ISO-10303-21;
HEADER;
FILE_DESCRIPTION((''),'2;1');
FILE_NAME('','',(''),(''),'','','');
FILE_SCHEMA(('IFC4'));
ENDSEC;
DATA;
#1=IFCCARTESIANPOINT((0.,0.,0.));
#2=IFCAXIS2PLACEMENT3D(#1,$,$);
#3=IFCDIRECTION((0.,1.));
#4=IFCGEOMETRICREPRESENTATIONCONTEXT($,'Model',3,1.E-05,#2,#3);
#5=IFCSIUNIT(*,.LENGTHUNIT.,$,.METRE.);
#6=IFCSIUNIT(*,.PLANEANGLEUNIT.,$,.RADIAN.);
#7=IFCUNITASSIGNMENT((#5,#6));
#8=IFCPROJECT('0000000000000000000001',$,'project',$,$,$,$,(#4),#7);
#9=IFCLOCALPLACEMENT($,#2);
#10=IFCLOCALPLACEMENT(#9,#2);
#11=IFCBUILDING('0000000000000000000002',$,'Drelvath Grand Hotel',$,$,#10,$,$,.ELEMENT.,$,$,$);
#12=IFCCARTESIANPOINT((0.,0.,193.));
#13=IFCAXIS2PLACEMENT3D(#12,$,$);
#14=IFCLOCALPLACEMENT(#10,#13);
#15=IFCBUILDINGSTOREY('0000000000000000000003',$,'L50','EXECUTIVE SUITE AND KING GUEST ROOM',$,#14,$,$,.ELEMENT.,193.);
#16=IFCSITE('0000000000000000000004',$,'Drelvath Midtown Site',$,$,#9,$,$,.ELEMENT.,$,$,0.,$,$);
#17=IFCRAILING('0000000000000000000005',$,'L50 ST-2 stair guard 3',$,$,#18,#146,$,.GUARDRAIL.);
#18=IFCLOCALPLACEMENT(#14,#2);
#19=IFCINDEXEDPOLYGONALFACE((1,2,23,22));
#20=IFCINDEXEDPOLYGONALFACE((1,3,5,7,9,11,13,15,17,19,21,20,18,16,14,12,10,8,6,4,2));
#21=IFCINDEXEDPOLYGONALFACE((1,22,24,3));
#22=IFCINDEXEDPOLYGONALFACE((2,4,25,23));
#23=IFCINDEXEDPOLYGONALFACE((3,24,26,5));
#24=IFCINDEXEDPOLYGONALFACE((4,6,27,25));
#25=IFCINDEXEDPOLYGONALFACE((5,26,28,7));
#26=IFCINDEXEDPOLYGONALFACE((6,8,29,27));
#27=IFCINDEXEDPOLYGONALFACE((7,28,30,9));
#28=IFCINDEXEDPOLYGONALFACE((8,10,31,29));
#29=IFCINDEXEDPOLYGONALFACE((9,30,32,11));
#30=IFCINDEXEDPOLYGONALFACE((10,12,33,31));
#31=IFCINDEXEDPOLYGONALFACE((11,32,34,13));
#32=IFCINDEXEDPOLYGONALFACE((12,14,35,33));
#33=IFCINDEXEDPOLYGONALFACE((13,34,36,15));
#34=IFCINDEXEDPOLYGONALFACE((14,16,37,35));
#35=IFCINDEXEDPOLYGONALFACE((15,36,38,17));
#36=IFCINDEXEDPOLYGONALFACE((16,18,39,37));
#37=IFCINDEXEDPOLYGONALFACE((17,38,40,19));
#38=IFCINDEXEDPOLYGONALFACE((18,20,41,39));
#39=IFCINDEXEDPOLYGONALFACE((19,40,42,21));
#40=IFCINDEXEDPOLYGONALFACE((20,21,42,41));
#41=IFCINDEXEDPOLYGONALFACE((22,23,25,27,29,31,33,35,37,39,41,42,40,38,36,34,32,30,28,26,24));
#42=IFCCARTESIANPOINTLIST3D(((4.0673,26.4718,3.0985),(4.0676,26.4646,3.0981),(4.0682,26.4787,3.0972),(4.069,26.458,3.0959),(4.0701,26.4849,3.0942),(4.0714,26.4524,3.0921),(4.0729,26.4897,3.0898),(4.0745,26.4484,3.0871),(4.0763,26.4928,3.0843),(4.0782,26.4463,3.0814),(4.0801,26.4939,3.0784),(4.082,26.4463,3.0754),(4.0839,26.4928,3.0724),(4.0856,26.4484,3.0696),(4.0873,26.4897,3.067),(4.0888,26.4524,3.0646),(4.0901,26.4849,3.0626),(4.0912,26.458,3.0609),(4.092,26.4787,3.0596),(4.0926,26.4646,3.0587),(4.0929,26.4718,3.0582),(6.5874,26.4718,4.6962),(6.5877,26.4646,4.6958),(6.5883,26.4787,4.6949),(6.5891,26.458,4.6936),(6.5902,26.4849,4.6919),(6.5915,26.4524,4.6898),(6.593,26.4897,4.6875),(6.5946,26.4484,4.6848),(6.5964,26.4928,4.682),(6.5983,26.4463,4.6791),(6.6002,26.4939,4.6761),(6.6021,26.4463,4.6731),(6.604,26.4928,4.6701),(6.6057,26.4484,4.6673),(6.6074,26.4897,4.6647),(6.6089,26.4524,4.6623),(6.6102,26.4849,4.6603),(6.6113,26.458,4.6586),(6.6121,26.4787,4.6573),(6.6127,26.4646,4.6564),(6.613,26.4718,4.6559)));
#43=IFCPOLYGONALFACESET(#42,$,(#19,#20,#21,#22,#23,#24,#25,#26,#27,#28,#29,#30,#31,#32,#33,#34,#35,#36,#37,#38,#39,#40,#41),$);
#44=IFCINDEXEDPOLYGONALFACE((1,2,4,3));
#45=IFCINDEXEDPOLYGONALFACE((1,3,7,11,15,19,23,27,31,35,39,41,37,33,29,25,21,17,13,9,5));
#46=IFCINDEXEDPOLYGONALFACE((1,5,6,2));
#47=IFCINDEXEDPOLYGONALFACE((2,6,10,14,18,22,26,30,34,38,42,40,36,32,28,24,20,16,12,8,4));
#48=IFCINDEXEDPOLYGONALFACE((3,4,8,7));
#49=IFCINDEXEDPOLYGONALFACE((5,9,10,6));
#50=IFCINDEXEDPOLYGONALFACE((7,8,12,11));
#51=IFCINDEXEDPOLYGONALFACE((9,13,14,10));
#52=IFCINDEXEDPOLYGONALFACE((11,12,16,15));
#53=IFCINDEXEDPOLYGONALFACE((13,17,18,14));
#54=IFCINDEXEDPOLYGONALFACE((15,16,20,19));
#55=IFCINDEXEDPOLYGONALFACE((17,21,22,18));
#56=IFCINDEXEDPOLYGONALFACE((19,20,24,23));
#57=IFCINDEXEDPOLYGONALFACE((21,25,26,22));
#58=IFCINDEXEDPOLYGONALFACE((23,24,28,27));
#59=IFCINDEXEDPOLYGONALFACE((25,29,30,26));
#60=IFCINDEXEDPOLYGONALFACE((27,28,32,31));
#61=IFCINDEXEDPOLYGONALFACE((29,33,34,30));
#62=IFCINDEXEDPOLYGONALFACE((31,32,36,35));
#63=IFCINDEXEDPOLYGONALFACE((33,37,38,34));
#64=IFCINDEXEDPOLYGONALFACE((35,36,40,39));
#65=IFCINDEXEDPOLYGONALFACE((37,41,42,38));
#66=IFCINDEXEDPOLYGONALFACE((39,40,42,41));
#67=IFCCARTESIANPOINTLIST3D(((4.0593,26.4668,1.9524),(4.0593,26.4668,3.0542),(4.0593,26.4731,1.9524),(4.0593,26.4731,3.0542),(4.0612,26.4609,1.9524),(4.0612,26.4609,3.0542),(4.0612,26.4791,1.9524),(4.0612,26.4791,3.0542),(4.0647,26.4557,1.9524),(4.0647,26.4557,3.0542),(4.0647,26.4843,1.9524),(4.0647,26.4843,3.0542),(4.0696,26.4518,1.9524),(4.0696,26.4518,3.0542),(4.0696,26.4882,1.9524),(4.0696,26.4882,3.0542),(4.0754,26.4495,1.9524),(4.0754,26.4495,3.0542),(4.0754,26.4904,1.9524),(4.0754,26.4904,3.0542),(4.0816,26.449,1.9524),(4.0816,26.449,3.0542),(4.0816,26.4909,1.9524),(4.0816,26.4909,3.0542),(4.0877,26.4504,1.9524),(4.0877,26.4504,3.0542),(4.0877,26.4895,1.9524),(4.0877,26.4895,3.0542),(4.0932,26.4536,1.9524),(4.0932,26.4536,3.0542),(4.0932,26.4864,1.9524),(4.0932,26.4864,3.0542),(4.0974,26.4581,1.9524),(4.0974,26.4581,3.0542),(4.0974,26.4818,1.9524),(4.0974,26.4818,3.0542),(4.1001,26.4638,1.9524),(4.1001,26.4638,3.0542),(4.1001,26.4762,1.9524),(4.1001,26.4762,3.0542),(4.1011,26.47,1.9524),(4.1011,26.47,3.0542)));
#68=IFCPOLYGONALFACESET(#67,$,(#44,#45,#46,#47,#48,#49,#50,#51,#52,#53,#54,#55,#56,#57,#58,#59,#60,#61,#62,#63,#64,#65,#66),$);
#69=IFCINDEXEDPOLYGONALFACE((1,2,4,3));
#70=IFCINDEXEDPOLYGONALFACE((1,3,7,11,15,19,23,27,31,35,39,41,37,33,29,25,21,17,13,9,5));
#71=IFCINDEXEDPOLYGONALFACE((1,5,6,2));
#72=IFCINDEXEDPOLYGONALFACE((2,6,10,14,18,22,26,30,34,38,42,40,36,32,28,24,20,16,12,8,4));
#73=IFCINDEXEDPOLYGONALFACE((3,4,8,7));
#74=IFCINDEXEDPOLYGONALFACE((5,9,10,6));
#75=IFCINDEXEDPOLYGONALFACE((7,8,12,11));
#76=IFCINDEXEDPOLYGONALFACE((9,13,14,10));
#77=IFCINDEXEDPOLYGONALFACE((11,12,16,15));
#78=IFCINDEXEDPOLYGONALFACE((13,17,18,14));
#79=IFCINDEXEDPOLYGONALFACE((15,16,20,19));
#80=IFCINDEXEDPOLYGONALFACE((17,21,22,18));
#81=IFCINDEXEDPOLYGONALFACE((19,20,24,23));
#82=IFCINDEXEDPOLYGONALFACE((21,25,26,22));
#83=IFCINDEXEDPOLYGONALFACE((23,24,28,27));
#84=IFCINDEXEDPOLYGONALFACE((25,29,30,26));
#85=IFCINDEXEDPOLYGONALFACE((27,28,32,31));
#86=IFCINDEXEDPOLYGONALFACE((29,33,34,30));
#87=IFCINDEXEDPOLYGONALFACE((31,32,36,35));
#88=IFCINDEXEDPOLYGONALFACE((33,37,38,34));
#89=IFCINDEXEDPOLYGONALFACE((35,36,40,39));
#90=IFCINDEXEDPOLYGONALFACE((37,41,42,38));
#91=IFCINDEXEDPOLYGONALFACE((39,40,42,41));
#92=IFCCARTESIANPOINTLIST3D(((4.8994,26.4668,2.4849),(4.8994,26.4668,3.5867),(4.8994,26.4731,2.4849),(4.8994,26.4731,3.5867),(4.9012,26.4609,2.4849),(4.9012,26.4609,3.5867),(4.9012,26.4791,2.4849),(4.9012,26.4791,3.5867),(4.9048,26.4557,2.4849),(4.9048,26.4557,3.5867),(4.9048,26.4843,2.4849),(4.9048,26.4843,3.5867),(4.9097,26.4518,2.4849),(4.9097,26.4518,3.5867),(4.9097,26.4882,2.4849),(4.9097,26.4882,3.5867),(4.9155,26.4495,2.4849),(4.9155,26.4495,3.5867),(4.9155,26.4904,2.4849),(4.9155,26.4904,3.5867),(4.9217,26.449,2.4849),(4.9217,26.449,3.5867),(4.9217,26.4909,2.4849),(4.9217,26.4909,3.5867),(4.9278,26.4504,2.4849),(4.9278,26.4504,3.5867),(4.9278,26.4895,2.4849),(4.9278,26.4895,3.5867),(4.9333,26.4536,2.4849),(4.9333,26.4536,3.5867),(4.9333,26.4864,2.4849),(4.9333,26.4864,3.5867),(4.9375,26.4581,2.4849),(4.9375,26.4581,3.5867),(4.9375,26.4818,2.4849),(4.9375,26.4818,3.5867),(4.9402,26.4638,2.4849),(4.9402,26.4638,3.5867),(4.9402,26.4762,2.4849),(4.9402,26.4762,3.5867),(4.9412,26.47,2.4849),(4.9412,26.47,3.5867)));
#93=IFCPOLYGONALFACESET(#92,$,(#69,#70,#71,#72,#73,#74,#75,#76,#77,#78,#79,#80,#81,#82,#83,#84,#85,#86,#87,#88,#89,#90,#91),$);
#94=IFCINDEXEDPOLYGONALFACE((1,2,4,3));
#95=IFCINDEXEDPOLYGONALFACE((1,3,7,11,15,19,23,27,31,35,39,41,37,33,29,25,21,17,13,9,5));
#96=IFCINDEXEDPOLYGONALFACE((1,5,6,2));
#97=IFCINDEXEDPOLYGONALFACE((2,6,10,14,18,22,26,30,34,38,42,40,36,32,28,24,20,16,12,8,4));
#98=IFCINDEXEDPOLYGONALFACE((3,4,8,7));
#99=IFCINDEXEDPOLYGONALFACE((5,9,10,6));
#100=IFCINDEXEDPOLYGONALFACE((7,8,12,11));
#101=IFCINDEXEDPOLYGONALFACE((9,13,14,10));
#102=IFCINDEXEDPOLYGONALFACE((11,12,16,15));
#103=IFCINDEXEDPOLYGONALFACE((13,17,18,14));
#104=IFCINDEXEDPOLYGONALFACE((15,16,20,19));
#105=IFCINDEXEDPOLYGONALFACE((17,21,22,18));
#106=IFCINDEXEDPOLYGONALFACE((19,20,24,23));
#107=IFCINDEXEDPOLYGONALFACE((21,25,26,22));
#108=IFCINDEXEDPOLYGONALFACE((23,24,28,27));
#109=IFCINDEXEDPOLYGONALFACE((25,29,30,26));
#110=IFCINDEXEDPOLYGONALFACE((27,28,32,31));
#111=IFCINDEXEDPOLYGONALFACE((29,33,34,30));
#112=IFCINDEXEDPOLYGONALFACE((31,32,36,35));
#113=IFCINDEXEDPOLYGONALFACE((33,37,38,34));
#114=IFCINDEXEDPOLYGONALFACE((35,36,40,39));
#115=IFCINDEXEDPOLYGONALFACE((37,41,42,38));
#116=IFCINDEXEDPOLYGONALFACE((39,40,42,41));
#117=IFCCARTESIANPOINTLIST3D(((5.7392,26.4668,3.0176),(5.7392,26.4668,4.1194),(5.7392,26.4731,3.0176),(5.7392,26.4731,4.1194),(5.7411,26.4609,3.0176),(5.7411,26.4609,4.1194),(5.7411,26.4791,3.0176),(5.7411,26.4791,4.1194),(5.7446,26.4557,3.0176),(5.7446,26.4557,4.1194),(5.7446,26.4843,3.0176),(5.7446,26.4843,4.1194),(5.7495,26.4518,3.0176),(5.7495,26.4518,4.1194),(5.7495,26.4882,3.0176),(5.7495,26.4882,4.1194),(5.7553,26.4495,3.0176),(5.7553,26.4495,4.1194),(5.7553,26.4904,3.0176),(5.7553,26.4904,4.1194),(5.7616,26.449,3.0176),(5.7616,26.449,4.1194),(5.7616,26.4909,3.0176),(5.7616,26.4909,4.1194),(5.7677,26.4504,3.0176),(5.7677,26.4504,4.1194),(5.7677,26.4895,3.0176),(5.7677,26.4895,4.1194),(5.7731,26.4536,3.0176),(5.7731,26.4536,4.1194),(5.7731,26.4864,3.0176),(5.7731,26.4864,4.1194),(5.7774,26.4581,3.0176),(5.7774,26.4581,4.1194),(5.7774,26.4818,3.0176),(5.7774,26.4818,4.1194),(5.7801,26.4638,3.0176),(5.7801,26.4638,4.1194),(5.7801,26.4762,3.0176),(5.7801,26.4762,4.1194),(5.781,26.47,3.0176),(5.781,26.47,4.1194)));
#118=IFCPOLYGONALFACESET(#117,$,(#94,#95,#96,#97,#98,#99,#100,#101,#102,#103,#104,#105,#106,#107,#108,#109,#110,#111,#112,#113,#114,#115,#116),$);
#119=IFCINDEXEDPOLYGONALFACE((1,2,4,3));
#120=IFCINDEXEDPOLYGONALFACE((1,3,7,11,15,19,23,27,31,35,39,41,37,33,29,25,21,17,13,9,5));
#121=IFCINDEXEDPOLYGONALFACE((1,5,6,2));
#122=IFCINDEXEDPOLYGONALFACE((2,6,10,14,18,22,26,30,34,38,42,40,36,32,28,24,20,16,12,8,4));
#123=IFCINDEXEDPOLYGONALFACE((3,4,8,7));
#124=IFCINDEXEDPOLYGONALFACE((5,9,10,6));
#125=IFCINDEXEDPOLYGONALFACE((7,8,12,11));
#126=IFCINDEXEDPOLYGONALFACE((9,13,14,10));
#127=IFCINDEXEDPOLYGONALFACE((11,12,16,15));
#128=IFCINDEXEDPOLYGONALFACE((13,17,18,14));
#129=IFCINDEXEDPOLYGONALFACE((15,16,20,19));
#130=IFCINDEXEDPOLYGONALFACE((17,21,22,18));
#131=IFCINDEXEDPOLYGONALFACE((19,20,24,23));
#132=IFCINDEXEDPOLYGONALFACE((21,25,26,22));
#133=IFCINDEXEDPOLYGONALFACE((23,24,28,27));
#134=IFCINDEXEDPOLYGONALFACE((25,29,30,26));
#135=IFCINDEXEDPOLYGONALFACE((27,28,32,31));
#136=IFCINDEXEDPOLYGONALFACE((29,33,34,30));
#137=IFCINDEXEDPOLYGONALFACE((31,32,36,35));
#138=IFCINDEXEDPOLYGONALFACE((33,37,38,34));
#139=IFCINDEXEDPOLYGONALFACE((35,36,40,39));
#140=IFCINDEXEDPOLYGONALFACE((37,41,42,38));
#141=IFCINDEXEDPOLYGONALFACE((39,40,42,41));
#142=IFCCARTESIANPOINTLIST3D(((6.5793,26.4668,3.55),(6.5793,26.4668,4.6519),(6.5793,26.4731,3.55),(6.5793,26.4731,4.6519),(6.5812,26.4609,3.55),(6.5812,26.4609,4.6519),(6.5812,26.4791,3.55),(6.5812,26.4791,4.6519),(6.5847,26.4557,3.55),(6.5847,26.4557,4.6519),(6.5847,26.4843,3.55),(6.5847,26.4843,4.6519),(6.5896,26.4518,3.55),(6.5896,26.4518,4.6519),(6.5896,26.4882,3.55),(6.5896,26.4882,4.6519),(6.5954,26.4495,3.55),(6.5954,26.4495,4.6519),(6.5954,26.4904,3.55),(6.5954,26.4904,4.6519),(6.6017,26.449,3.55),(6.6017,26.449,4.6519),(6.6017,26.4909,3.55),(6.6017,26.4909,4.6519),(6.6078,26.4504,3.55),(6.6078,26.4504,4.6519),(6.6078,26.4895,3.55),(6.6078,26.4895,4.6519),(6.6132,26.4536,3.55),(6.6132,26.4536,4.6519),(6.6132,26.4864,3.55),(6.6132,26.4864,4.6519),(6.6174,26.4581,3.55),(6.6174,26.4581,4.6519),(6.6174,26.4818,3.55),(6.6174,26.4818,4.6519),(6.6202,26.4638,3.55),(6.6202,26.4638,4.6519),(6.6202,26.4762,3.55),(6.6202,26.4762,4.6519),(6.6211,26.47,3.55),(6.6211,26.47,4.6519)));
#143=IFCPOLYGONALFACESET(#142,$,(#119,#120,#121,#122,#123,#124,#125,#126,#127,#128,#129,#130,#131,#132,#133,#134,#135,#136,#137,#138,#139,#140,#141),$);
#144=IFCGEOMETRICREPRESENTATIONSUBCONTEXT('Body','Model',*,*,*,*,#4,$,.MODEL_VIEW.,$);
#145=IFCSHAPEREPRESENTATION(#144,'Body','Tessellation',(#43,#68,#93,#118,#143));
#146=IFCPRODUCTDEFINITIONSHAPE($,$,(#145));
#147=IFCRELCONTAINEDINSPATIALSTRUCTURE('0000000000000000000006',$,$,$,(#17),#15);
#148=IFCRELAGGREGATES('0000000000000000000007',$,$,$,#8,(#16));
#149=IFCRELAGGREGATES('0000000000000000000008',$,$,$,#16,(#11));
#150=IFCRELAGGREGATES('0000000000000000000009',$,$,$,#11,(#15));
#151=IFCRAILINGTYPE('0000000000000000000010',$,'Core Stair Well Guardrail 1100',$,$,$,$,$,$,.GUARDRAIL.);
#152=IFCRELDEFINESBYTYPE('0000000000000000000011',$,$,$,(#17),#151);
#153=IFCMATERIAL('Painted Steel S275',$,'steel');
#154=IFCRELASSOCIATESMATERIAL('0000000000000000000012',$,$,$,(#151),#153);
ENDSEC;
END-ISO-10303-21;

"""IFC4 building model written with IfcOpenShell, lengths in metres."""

from ifc_helpers import new_model, si_unit, direction, frame, origin, origin_2d, place, context, subcontext, project, spatial, circle, extrude, material, type_object, element, save


model = new_model("IFC4")

# Units and contexts
model_context = context("Model", 3, precision=1e-05, world=origin(), true_north=direction((0.0, 1.0)))
body_context = subcontext(model_context, "Body", "Model", "MODEL_VIEW")
ifc_project = project(units=[si_unit("LENGTHUNIT", "METRE"), si_unit("PLANEANGLEUNIT", "RADIAN")], contexts=[model_context])

# Site, building, storey
site_placement = place(None, origin())
site = spatial("IfcSite", under=ifc_project, at=site_placement, Name="Drelvath Midtown Site", CompositionType="ELEMENT", RefElevation=0.0)
building_placement = place(site_placement, origin())
building = spatial("IfcBuilding", under=site, at=building_placement, Name="Drelvath Grand Hotel", CompositionType="ELEMENT")
storey_placement = place(building_placement, frame((0.0, 0.0, 193.0)))
storey = spatial("IfcBuildingStorey", under=building, at=storey_placement, Name="L50", Description="EXECUTIVE SUITE AND KING GUEST ROOM", CompositionType="ELEMENT", Elevation=193.0)

# Railing
ifc_material_1 = material(Name="Painted Steel S275", Category="steel")
railing_type_1 = type_object("IfcRailingType", Name="Core Stair Well Guardrail 1100", PredefinedType="GUARDRAIL", material=ifc_material_1)
railing_1_placement = place(storey_placement, frame((4.0801, 26.47, 1.9524)))
element("IfcRailing", 1, at=railing_1_placement, inside=storey, type_object=railing_type_1, Name="L50 ST-2 stair guard 3", PredefinedType="GUARDRAIL", context=body_context, shape_type="SweptSolid", body=[
    extrude(circle(Radius=0.0239, at=origin_2d()), frame((0.0, 0.0, 1.126), z_axis=(0.84457, 0.0, 0.535445), x_axis=(0.0, 1.0, 0.0)), (0.0, 0.0, 1.0), 2.9839),
    extrude(circle(Radius=0.021, at=origin_2d()), origin(), (0.0, 0.0, 1.0), 1.1018),
    extrude(circle(Radius=0.021, at=origin_2d()), frame((0.8401, 0.0, 0.5325)), (0.0, 0.0, 1.0), 1.1018),
    extrude(circle(Radius=0.021, at=origin_2d()), frame((1.6799, 0.0, 1.0652)), (0.0, 0.0, 1.0), 1.1018),
    extrude(circle(Radius=0.021, at=origin_2d()), frame((2.52, 0.0, 1.5977)), (0.0, 0.0, 1.0), 1.1018),
])

save(model, "model.ifc")
